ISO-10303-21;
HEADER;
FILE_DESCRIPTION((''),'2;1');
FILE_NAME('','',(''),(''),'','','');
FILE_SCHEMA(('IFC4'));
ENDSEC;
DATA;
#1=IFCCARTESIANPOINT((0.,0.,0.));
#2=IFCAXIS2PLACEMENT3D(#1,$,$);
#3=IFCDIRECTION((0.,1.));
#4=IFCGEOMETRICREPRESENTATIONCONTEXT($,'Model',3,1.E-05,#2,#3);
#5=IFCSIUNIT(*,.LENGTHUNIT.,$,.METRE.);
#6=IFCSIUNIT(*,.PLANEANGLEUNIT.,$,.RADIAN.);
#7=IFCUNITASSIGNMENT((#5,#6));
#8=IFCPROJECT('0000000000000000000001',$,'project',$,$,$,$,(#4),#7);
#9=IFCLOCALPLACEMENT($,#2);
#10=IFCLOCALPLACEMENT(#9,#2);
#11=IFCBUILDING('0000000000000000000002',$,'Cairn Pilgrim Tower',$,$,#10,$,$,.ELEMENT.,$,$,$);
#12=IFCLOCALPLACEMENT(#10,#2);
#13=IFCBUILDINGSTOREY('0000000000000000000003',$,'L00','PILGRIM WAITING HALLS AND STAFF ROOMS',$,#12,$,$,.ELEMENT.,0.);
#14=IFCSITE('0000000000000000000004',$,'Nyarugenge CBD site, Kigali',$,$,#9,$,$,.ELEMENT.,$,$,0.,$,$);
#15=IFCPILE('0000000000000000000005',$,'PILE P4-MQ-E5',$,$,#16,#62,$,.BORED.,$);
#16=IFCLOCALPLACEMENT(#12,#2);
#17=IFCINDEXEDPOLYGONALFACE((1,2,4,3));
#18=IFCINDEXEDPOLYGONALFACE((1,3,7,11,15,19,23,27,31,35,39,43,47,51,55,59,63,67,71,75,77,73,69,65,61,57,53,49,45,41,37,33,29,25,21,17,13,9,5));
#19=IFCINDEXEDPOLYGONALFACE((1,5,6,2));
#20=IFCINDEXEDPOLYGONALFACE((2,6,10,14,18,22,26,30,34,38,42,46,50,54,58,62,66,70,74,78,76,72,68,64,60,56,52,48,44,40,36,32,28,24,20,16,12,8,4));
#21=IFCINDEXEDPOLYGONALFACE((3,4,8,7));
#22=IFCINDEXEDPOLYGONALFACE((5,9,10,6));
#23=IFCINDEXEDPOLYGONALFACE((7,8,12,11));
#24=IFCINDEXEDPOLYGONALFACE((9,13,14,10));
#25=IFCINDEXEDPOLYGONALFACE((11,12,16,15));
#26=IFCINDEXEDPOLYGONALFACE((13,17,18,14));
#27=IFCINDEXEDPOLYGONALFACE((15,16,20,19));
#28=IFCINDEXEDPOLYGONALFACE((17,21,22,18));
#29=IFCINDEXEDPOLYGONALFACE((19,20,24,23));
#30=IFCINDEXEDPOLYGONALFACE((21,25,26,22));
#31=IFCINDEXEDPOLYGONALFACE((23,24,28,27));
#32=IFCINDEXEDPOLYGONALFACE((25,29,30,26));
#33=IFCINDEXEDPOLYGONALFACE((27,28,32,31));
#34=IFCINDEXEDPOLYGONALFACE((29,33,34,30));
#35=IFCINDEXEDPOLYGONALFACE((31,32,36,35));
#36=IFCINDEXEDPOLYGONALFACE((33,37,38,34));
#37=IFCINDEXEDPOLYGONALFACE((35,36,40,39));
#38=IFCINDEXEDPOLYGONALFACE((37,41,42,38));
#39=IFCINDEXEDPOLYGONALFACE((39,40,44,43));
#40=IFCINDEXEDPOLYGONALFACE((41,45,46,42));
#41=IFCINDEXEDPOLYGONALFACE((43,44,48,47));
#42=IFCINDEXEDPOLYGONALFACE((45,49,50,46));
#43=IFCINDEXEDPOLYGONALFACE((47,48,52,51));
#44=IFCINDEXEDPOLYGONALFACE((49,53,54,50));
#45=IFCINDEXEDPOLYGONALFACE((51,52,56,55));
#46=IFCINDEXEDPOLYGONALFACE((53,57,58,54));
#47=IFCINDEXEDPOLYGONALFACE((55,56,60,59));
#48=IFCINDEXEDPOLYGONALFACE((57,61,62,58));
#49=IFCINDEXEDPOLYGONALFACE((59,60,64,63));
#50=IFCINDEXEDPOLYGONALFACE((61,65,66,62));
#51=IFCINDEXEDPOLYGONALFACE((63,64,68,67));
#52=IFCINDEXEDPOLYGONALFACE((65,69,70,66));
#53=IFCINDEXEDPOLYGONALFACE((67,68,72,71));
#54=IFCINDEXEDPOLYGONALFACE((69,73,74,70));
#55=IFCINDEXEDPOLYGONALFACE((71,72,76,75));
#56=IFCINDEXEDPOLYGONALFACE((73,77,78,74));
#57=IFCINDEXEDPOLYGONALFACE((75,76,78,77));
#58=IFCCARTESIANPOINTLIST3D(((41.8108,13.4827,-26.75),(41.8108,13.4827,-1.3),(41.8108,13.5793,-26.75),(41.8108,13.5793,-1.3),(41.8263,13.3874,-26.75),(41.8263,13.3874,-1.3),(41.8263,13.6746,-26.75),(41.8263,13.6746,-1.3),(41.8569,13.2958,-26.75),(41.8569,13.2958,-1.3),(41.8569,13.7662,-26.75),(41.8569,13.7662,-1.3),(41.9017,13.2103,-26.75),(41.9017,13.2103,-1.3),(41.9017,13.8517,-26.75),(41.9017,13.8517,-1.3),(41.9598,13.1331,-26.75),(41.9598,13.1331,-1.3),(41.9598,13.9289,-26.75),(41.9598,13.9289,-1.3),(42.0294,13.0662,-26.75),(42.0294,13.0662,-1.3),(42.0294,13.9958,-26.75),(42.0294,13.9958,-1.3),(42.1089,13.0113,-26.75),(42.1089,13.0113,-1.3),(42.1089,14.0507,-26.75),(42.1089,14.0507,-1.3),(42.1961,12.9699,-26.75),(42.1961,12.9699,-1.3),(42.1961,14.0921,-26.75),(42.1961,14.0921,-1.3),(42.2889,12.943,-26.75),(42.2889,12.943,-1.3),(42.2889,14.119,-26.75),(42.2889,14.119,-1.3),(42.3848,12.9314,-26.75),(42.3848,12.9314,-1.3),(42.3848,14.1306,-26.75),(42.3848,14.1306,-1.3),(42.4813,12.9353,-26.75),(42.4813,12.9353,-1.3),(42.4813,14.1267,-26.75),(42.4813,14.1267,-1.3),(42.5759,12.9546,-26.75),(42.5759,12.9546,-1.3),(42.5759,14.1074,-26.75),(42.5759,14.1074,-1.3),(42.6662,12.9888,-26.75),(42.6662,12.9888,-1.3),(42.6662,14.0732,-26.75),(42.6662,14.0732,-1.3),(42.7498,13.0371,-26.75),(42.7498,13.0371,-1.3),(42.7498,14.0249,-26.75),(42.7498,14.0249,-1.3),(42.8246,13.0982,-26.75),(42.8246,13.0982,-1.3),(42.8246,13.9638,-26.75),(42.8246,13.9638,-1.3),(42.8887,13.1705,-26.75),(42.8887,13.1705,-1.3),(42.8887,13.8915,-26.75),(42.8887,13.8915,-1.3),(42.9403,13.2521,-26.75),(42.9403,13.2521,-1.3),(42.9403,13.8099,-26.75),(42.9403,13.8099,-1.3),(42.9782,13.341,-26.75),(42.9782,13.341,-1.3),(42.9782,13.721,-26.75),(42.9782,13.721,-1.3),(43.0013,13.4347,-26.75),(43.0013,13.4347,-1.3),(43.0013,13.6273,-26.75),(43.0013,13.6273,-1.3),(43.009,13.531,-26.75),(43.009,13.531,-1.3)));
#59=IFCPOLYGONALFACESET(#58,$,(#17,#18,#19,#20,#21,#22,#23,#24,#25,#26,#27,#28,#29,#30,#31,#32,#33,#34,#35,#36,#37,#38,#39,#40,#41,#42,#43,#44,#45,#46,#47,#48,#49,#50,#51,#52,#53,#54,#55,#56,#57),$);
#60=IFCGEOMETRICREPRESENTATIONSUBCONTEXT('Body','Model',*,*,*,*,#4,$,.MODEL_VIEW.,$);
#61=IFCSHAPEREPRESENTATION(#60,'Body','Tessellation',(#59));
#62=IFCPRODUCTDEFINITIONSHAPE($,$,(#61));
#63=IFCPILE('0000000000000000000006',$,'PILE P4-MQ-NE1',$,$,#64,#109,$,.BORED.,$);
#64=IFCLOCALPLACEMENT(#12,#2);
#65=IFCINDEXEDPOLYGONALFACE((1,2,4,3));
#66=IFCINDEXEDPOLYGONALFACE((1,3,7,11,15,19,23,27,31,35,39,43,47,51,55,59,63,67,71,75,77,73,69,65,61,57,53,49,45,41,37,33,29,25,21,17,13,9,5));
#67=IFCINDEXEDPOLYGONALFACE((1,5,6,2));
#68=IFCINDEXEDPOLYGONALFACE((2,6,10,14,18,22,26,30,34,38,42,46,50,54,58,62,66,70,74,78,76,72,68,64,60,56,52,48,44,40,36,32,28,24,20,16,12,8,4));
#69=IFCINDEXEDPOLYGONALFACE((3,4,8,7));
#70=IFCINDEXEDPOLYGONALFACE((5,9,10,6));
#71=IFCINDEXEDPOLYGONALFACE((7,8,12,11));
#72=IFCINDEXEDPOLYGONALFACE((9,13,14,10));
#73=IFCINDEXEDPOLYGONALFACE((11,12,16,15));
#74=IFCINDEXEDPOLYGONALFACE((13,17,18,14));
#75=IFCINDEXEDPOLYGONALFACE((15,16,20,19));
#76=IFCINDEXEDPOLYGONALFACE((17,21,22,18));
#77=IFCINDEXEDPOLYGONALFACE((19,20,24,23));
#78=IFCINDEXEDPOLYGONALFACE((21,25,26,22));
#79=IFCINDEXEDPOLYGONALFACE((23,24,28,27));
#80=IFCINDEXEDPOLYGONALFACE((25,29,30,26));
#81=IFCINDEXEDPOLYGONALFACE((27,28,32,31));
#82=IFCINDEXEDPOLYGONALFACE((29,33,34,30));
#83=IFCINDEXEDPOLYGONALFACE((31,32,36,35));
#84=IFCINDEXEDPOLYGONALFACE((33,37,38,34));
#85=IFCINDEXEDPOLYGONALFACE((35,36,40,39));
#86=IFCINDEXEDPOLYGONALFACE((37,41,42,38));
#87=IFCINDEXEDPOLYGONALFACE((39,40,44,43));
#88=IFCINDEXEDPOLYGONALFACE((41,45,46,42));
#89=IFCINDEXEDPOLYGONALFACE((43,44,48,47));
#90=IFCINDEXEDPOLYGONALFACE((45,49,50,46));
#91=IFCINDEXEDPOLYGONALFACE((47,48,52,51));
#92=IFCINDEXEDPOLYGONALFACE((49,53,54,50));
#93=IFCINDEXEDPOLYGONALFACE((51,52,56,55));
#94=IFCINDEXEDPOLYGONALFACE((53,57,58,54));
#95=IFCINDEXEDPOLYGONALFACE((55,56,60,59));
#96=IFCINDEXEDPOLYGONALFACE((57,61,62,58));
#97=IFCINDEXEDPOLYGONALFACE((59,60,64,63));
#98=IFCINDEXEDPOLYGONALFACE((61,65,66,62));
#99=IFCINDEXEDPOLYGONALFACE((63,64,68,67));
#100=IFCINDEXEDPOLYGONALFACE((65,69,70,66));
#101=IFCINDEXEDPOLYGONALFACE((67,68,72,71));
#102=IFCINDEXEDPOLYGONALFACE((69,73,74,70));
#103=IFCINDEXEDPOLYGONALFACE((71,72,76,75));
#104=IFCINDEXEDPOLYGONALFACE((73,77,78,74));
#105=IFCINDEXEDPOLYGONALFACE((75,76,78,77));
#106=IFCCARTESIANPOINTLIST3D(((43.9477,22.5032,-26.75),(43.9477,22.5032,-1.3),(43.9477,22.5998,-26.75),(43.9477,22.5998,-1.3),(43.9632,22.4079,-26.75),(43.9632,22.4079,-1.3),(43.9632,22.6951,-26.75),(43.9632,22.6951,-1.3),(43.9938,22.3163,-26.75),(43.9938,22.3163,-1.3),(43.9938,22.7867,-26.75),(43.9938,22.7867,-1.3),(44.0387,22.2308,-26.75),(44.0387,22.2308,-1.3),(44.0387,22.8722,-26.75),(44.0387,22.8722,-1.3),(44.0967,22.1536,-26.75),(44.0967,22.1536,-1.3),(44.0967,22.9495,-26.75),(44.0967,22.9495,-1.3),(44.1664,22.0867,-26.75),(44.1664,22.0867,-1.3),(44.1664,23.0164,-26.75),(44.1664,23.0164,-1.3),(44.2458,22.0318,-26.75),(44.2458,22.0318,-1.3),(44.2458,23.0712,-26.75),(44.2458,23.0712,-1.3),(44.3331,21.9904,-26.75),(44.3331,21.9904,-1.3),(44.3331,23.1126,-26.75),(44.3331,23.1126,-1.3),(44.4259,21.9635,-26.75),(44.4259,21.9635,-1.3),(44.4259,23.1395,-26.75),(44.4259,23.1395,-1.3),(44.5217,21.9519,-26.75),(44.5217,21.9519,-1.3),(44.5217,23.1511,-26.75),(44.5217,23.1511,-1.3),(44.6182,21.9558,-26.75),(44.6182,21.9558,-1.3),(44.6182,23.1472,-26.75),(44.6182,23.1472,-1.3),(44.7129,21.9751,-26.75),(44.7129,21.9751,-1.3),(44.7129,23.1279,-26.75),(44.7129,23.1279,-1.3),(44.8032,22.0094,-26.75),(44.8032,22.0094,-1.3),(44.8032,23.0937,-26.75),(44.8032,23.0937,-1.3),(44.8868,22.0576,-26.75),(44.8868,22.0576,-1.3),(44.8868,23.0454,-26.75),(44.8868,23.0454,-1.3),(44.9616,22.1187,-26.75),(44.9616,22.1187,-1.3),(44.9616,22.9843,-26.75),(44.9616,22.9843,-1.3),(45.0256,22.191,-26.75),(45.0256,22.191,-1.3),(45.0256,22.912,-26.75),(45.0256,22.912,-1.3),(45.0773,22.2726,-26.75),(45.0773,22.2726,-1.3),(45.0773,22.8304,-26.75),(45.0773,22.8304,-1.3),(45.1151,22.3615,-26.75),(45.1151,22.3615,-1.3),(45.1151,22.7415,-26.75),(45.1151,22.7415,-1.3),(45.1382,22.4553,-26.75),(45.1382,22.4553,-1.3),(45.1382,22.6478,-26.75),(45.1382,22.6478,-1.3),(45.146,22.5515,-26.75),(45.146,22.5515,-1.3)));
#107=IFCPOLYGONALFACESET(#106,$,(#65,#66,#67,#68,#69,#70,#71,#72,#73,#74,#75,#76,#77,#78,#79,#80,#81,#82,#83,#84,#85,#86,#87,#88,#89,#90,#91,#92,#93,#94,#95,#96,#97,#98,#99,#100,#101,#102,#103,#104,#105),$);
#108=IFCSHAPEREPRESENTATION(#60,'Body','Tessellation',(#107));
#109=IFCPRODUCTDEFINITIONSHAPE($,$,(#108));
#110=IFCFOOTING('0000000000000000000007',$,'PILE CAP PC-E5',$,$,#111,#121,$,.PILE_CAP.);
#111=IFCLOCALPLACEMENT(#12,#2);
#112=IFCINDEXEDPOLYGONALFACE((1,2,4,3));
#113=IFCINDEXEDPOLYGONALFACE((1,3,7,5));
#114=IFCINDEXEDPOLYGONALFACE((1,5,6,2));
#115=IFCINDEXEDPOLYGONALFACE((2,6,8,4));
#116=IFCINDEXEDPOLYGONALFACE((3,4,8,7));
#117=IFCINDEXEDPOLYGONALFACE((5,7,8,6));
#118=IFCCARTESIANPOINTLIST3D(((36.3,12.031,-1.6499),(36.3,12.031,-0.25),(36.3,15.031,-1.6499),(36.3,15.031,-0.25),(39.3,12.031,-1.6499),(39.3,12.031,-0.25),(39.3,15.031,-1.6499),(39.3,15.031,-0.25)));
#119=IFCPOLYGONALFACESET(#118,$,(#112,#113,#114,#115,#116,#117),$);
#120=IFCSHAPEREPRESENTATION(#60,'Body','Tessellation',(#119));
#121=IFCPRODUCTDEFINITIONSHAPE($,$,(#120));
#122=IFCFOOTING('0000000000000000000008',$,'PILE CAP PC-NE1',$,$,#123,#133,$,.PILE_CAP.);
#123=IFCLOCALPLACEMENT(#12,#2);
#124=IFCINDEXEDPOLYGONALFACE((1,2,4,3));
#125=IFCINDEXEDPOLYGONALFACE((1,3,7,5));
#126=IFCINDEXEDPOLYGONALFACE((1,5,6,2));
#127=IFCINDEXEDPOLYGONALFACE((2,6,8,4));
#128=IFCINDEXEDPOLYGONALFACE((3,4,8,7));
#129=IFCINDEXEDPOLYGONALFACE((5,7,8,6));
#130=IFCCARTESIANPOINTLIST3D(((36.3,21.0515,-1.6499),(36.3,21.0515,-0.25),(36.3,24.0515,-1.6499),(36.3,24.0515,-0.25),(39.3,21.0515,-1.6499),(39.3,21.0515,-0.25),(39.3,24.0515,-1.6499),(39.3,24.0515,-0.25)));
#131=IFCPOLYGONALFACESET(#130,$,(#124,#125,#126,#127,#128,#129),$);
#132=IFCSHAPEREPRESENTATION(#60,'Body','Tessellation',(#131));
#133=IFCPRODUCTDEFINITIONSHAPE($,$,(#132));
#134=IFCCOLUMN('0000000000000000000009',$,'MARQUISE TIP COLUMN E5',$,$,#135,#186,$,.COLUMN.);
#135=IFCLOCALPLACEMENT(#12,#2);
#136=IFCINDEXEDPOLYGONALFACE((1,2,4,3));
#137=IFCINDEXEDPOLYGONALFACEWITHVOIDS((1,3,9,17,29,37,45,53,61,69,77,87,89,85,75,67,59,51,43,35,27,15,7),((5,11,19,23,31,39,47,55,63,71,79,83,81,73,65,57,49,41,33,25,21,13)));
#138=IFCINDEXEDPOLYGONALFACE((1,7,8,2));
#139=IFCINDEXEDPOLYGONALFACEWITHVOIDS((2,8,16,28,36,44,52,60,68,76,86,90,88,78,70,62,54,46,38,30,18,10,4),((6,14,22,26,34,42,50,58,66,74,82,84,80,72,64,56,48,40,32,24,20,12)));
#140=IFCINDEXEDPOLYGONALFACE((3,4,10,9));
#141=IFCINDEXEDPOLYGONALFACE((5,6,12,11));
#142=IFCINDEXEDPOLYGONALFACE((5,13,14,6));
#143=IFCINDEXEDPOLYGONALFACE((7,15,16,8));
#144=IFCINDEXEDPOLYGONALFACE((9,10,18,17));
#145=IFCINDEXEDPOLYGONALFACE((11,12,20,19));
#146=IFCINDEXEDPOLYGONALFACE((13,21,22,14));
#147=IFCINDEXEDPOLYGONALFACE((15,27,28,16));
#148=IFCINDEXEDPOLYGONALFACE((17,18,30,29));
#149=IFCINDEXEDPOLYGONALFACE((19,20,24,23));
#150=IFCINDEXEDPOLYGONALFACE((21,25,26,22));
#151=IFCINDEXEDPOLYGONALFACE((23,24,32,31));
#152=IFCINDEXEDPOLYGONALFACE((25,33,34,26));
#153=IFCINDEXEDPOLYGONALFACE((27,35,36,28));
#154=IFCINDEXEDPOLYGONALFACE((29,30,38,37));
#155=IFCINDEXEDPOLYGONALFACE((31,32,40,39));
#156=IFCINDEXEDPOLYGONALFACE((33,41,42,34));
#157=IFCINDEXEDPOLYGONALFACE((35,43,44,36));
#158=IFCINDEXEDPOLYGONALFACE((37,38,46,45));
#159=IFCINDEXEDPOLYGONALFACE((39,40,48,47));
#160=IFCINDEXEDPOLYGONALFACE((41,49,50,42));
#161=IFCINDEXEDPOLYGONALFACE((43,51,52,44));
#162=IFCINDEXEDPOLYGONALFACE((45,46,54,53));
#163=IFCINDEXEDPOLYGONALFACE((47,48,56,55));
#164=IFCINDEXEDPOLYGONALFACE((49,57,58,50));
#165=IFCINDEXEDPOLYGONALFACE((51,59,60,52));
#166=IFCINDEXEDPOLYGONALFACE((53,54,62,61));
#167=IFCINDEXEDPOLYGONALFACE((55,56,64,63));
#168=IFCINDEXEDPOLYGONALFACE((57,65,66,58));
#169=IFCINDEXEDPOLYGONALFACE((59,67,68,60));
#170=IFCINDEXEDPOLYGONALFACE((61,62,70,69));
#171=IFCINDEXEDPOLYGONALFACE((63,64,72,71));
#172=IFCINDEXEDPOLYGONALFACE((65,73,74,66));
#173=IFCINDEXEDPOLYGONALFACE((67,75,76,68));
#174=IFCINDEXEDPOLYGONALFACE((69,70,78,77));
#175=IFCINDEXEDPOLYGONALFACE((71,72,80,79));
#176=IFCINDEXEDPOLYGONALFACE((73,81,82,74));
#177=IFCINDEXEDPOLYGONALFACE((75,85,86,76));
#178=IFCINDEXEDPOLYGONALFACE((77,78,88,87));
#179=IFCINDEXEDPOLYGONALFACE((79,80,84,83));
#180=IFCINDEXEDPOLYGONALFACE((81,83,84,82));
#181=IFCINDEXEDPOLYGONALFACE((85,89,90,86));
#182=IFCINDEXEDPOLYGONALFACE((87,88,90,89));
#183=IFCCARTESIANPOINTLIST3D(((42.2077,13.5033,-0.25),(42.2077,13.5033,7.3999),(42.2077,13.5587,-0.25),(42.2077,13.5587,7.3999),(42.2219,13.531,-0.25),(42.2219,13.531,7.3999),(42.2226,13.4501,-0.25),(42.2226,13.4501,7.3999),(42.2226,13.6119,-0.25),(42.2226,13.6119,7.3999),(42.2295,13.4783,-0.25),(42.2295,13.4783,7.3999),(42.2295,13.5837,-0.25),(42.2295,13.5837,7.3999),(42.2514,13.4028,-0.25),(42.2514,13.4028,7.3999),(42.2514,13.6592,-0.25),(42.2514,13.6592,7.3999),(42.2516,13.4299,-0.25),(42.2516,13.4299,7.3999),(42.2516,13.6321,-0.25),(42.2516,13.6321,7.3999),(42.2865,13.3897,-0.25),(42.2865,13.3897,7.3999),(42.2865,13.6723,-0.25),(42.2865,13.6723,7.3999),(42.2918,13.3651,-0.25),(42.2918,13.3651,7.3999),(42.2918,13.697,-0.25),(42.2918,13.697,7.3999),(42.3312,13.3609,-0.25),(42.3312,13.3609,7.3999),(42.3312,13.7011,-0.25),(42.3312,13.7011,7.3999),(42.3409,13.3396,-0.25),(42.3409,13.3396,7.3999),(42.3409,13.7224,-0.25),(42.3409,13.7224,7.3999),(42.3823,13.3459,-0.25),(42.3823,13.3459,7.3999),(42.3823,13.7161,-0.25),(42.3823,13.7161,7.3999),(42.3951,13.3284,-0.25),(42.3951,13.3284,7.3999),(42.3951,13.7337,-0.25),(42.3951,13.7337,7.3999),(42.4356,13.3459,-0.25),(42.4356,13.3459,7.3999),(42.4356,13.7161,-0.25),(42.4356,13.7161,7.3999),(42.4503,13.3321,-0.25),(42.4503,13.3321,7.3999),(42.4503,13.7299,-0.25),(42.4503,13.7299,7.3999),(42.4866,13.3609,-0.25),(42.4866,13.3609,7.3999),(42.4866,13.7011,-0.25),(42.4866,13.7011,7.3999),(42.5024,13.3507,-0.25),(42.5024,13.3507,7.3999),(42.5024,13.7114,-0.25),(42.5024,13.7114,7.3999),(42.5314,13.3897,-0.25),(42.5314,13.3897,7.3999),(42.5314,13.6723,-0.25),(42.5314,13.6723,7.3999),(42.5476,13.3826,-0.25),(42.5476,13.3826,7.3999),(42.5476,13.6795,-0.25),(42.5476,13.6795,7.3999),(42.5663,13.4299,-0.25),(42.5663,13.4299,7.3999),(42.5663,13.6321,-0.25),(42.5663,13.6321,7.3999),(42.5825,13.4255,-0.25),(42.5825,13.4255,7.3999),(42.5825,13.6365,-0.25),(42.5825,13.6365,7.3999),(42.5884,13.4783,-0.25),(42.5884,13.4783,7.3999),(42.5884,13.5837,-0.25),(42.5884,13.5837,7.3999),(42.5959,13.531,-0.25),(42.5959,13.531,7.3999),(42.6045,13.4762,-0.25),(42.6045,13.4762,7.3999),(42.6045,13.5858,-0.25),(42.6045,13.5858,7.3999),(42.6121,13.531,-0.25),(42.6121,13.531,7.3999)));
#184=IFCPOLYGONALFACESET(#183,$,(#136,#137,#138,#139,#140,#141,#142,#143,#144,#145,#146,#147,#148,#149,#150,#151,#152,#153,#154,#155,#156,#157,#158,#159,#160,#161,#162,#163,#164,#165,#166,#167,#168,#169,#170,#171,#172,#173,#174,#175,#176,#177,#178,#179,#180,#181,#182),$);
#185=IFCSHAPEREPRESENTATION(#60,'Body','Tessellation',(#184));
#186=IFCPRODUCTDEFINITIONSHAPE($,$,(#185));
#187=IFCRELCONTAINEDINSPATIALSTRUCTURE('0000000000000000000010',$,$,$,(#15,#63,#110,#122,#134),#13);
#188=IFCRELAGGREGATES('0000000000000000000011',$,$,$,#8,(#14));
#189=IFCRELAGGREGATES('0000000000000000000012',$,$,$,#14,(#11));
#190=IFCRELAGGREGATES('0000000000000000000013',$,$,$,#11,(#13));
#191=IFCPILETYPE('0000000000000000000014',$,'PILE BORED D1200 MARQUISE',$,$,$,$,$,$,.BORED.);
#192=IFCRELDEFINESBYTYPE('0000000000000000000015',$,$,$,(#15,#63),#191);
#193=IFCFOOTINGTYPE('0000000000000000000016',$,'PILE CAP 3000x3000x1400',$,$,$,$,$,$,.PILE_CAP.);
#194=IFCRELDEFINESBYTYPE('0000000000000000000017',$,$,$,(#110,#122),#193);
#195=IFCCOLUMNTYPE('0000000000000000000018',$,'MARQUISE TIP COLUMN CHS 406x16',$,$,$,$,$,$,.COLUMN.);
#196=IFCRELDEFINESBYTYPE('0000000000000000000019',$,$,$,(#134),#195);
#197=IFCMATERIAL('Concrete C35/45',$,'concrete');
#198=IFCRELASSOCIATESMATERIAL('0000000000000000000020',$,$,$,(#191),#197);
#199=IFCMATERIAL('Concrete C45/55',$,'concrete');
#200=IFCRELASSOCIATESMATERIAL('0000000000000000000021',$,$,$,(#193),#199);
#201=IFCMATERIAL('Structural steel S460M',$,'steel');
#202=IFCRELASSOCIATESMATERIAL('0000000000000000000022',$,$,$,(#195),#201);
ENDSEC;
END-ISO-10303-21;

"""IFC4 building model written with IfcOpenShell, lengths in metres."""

from ifc_helpers import new_model, si_unit, direction, frame, origin, origin_2d, place, context, subcontext, project, spatial, rectangle, circle, hollow_circle, extrude, material, material_profile, profile_set, type_object, element, save


model = new_model("IFC4")

# Units and contexts
model_context = context("Model", 3, precision=1e-05, world=origin(), true_north=direction((0.0, 1.0)))
body_context = subcontext(model_context, "Body", "Model", "MODEL_VIEW")
ifc_project = project(units=[si_unit("LENGTHUNIT", "METRE"), si_unit("PLANEANGLEUNIT", "RADIAN")], contexts=[model_context])

# Site, building, storey
site_placement = place(None, origin())
site = spatial("IfcSite", under=ifc_project, at=site_placement, Name="Nyarugenge CBD site, Kigali", CompositionType="ELEMENT", RefElevation=0.0)
building_placement = place(site_placement, origin())
building = spatial("IfcBuilding", under=site, at=building_placement, Name="Cairn Pilgrim Tower", CompositionType="ELEMENT")
storey_placement = place(building_placement, origin())
storey = spatial("IfcBuildingStorey", under=building, at=storey_placement, Name="L00", Description="PILGRIM WAITING HALLS AND STAFF ROOMS", CompositionType="ELEMENT", Elevation=0.0)

# Shared definitions
ifc_material_1 = material(Name="Concrete C45/55", Category="concrete")

# Piles
ifc_material_2 = material(Name="Concrete C35/45", Category="concrete")
ifc_material_profile_1 = material_profile(ifc_material_2, circle(Radius=0.6001, at=origin_2d()), Name="D1200")
ifc_profile_set_1 = profile_set([ifc_material_profile_1], Name="Concrete C35/45")
pile_type_1 = type_object("IfcPileType", Name="PILE BORED D1200 MARQUISE", PredefinedType="BORED", material=ifc_profile_set_1)
for number, where, z_axis, x_axis, name in (
    (1, (42.4089, 13.531, -1.3), (0.0, 0.0, -1.0), (1.0, 0.0, 0.0), "PILE P4-MQ-E5"),
    (2, (44.5459, 22.5515, -1.3), (0.0, 0.0, -1.0), (1.0, 0.0, 0.0), "PILE P4-MQ-NE1"),
):
    element("IfcPile", number, at=place(storey_placement, frame(where, z_axis=z_axis, x_axis=x_axis)), inside=storey, type_object=pile_type_1, Name=name, PredefinedType="BORED", context=body_context, shape_type="SweptSolid", body=[
        extrude(circle(Radius=0.6001, at=origin_2d()), origin(), (0.0, 0.0, 1.0), 25.45),
    ])

# Footings
footing_type_1 = type_object("IfcFootingType", Name="PILE CAP 3000x3000x1400", PredefinedType="PILE_CAP", material=ifc_material_1)
for number, where, z_axis, x_axis, name in (
    (3, (37.8, 13.531, -1.6499), (0.0, 0.0, 1.0), (1.0, 0.0, 0.0), "PILE CAP PC-E5"),
    (4, (37.8, 22.5515, -1.6499), (0.0, 0.0, 1.0), (1.0, 0.0, 0.0), "PILE CAP PC-NE1"),
):
    element("IfcFooting", number, at=place(storey_placement, frame(where, z_axis=z_axis, x_axis=x_axis)), inside=storey, type_object=footing_type_1, Name=name, PredefinedType="PILE_CAP", context=body_context, shape_type="SweptSolid", body=[
        extrude(rectangle(XDim=3.0, YDim=3.0, at=origin_2d()), origin(), (0.0, 0.0, 1.0), 1.3999),
    ])

# Column
ifc_material_3 = material(Name="Structural steel S460M", Category="steel")
ifc_material_profile_2 = material_profile(ifc_material_3, hollow_circle(Radius=0.2031, WallThickness=0.0161, at=origin_2d()), Name="MARQUISE TIP COLUMN CHS 406x16")
ifc_profile_set_2 = profile_set([ifc_material_profile_2], Name="Structural steel S460M")
column_type_1 = type_object("IfcColumnType", Name="MARQUISE TIP COLUMN CHS 406x16", PredefinedType="COLUMN", material=ifc_profile_set_2)
for number, where, z_axis, x_axis, name in (
    (5, (42.4089, 13.531, -0.25), (0.0, 0.0, 1.0), (1.0, 0.0, 0.0), "MARQUISE TIP COLUMN E5"),
):
    element("IfcColumn", number, at=place(storey_placement, frame(where, z_axis=z_axis, x_axis=x_axis)), inside=storey, type_object=column_type_1, Name=name, PredefinedType="COLUMN", context=body_context, shape_type="SweptSolid", body=[
        extrude(hollow_circle(Radius=0.2031, WallThickness=0.0161, at=origin_2d()), origin(), (0.0, 0.0, 1.0), 7.6499),
    ])

save(model, "model.ifc")
